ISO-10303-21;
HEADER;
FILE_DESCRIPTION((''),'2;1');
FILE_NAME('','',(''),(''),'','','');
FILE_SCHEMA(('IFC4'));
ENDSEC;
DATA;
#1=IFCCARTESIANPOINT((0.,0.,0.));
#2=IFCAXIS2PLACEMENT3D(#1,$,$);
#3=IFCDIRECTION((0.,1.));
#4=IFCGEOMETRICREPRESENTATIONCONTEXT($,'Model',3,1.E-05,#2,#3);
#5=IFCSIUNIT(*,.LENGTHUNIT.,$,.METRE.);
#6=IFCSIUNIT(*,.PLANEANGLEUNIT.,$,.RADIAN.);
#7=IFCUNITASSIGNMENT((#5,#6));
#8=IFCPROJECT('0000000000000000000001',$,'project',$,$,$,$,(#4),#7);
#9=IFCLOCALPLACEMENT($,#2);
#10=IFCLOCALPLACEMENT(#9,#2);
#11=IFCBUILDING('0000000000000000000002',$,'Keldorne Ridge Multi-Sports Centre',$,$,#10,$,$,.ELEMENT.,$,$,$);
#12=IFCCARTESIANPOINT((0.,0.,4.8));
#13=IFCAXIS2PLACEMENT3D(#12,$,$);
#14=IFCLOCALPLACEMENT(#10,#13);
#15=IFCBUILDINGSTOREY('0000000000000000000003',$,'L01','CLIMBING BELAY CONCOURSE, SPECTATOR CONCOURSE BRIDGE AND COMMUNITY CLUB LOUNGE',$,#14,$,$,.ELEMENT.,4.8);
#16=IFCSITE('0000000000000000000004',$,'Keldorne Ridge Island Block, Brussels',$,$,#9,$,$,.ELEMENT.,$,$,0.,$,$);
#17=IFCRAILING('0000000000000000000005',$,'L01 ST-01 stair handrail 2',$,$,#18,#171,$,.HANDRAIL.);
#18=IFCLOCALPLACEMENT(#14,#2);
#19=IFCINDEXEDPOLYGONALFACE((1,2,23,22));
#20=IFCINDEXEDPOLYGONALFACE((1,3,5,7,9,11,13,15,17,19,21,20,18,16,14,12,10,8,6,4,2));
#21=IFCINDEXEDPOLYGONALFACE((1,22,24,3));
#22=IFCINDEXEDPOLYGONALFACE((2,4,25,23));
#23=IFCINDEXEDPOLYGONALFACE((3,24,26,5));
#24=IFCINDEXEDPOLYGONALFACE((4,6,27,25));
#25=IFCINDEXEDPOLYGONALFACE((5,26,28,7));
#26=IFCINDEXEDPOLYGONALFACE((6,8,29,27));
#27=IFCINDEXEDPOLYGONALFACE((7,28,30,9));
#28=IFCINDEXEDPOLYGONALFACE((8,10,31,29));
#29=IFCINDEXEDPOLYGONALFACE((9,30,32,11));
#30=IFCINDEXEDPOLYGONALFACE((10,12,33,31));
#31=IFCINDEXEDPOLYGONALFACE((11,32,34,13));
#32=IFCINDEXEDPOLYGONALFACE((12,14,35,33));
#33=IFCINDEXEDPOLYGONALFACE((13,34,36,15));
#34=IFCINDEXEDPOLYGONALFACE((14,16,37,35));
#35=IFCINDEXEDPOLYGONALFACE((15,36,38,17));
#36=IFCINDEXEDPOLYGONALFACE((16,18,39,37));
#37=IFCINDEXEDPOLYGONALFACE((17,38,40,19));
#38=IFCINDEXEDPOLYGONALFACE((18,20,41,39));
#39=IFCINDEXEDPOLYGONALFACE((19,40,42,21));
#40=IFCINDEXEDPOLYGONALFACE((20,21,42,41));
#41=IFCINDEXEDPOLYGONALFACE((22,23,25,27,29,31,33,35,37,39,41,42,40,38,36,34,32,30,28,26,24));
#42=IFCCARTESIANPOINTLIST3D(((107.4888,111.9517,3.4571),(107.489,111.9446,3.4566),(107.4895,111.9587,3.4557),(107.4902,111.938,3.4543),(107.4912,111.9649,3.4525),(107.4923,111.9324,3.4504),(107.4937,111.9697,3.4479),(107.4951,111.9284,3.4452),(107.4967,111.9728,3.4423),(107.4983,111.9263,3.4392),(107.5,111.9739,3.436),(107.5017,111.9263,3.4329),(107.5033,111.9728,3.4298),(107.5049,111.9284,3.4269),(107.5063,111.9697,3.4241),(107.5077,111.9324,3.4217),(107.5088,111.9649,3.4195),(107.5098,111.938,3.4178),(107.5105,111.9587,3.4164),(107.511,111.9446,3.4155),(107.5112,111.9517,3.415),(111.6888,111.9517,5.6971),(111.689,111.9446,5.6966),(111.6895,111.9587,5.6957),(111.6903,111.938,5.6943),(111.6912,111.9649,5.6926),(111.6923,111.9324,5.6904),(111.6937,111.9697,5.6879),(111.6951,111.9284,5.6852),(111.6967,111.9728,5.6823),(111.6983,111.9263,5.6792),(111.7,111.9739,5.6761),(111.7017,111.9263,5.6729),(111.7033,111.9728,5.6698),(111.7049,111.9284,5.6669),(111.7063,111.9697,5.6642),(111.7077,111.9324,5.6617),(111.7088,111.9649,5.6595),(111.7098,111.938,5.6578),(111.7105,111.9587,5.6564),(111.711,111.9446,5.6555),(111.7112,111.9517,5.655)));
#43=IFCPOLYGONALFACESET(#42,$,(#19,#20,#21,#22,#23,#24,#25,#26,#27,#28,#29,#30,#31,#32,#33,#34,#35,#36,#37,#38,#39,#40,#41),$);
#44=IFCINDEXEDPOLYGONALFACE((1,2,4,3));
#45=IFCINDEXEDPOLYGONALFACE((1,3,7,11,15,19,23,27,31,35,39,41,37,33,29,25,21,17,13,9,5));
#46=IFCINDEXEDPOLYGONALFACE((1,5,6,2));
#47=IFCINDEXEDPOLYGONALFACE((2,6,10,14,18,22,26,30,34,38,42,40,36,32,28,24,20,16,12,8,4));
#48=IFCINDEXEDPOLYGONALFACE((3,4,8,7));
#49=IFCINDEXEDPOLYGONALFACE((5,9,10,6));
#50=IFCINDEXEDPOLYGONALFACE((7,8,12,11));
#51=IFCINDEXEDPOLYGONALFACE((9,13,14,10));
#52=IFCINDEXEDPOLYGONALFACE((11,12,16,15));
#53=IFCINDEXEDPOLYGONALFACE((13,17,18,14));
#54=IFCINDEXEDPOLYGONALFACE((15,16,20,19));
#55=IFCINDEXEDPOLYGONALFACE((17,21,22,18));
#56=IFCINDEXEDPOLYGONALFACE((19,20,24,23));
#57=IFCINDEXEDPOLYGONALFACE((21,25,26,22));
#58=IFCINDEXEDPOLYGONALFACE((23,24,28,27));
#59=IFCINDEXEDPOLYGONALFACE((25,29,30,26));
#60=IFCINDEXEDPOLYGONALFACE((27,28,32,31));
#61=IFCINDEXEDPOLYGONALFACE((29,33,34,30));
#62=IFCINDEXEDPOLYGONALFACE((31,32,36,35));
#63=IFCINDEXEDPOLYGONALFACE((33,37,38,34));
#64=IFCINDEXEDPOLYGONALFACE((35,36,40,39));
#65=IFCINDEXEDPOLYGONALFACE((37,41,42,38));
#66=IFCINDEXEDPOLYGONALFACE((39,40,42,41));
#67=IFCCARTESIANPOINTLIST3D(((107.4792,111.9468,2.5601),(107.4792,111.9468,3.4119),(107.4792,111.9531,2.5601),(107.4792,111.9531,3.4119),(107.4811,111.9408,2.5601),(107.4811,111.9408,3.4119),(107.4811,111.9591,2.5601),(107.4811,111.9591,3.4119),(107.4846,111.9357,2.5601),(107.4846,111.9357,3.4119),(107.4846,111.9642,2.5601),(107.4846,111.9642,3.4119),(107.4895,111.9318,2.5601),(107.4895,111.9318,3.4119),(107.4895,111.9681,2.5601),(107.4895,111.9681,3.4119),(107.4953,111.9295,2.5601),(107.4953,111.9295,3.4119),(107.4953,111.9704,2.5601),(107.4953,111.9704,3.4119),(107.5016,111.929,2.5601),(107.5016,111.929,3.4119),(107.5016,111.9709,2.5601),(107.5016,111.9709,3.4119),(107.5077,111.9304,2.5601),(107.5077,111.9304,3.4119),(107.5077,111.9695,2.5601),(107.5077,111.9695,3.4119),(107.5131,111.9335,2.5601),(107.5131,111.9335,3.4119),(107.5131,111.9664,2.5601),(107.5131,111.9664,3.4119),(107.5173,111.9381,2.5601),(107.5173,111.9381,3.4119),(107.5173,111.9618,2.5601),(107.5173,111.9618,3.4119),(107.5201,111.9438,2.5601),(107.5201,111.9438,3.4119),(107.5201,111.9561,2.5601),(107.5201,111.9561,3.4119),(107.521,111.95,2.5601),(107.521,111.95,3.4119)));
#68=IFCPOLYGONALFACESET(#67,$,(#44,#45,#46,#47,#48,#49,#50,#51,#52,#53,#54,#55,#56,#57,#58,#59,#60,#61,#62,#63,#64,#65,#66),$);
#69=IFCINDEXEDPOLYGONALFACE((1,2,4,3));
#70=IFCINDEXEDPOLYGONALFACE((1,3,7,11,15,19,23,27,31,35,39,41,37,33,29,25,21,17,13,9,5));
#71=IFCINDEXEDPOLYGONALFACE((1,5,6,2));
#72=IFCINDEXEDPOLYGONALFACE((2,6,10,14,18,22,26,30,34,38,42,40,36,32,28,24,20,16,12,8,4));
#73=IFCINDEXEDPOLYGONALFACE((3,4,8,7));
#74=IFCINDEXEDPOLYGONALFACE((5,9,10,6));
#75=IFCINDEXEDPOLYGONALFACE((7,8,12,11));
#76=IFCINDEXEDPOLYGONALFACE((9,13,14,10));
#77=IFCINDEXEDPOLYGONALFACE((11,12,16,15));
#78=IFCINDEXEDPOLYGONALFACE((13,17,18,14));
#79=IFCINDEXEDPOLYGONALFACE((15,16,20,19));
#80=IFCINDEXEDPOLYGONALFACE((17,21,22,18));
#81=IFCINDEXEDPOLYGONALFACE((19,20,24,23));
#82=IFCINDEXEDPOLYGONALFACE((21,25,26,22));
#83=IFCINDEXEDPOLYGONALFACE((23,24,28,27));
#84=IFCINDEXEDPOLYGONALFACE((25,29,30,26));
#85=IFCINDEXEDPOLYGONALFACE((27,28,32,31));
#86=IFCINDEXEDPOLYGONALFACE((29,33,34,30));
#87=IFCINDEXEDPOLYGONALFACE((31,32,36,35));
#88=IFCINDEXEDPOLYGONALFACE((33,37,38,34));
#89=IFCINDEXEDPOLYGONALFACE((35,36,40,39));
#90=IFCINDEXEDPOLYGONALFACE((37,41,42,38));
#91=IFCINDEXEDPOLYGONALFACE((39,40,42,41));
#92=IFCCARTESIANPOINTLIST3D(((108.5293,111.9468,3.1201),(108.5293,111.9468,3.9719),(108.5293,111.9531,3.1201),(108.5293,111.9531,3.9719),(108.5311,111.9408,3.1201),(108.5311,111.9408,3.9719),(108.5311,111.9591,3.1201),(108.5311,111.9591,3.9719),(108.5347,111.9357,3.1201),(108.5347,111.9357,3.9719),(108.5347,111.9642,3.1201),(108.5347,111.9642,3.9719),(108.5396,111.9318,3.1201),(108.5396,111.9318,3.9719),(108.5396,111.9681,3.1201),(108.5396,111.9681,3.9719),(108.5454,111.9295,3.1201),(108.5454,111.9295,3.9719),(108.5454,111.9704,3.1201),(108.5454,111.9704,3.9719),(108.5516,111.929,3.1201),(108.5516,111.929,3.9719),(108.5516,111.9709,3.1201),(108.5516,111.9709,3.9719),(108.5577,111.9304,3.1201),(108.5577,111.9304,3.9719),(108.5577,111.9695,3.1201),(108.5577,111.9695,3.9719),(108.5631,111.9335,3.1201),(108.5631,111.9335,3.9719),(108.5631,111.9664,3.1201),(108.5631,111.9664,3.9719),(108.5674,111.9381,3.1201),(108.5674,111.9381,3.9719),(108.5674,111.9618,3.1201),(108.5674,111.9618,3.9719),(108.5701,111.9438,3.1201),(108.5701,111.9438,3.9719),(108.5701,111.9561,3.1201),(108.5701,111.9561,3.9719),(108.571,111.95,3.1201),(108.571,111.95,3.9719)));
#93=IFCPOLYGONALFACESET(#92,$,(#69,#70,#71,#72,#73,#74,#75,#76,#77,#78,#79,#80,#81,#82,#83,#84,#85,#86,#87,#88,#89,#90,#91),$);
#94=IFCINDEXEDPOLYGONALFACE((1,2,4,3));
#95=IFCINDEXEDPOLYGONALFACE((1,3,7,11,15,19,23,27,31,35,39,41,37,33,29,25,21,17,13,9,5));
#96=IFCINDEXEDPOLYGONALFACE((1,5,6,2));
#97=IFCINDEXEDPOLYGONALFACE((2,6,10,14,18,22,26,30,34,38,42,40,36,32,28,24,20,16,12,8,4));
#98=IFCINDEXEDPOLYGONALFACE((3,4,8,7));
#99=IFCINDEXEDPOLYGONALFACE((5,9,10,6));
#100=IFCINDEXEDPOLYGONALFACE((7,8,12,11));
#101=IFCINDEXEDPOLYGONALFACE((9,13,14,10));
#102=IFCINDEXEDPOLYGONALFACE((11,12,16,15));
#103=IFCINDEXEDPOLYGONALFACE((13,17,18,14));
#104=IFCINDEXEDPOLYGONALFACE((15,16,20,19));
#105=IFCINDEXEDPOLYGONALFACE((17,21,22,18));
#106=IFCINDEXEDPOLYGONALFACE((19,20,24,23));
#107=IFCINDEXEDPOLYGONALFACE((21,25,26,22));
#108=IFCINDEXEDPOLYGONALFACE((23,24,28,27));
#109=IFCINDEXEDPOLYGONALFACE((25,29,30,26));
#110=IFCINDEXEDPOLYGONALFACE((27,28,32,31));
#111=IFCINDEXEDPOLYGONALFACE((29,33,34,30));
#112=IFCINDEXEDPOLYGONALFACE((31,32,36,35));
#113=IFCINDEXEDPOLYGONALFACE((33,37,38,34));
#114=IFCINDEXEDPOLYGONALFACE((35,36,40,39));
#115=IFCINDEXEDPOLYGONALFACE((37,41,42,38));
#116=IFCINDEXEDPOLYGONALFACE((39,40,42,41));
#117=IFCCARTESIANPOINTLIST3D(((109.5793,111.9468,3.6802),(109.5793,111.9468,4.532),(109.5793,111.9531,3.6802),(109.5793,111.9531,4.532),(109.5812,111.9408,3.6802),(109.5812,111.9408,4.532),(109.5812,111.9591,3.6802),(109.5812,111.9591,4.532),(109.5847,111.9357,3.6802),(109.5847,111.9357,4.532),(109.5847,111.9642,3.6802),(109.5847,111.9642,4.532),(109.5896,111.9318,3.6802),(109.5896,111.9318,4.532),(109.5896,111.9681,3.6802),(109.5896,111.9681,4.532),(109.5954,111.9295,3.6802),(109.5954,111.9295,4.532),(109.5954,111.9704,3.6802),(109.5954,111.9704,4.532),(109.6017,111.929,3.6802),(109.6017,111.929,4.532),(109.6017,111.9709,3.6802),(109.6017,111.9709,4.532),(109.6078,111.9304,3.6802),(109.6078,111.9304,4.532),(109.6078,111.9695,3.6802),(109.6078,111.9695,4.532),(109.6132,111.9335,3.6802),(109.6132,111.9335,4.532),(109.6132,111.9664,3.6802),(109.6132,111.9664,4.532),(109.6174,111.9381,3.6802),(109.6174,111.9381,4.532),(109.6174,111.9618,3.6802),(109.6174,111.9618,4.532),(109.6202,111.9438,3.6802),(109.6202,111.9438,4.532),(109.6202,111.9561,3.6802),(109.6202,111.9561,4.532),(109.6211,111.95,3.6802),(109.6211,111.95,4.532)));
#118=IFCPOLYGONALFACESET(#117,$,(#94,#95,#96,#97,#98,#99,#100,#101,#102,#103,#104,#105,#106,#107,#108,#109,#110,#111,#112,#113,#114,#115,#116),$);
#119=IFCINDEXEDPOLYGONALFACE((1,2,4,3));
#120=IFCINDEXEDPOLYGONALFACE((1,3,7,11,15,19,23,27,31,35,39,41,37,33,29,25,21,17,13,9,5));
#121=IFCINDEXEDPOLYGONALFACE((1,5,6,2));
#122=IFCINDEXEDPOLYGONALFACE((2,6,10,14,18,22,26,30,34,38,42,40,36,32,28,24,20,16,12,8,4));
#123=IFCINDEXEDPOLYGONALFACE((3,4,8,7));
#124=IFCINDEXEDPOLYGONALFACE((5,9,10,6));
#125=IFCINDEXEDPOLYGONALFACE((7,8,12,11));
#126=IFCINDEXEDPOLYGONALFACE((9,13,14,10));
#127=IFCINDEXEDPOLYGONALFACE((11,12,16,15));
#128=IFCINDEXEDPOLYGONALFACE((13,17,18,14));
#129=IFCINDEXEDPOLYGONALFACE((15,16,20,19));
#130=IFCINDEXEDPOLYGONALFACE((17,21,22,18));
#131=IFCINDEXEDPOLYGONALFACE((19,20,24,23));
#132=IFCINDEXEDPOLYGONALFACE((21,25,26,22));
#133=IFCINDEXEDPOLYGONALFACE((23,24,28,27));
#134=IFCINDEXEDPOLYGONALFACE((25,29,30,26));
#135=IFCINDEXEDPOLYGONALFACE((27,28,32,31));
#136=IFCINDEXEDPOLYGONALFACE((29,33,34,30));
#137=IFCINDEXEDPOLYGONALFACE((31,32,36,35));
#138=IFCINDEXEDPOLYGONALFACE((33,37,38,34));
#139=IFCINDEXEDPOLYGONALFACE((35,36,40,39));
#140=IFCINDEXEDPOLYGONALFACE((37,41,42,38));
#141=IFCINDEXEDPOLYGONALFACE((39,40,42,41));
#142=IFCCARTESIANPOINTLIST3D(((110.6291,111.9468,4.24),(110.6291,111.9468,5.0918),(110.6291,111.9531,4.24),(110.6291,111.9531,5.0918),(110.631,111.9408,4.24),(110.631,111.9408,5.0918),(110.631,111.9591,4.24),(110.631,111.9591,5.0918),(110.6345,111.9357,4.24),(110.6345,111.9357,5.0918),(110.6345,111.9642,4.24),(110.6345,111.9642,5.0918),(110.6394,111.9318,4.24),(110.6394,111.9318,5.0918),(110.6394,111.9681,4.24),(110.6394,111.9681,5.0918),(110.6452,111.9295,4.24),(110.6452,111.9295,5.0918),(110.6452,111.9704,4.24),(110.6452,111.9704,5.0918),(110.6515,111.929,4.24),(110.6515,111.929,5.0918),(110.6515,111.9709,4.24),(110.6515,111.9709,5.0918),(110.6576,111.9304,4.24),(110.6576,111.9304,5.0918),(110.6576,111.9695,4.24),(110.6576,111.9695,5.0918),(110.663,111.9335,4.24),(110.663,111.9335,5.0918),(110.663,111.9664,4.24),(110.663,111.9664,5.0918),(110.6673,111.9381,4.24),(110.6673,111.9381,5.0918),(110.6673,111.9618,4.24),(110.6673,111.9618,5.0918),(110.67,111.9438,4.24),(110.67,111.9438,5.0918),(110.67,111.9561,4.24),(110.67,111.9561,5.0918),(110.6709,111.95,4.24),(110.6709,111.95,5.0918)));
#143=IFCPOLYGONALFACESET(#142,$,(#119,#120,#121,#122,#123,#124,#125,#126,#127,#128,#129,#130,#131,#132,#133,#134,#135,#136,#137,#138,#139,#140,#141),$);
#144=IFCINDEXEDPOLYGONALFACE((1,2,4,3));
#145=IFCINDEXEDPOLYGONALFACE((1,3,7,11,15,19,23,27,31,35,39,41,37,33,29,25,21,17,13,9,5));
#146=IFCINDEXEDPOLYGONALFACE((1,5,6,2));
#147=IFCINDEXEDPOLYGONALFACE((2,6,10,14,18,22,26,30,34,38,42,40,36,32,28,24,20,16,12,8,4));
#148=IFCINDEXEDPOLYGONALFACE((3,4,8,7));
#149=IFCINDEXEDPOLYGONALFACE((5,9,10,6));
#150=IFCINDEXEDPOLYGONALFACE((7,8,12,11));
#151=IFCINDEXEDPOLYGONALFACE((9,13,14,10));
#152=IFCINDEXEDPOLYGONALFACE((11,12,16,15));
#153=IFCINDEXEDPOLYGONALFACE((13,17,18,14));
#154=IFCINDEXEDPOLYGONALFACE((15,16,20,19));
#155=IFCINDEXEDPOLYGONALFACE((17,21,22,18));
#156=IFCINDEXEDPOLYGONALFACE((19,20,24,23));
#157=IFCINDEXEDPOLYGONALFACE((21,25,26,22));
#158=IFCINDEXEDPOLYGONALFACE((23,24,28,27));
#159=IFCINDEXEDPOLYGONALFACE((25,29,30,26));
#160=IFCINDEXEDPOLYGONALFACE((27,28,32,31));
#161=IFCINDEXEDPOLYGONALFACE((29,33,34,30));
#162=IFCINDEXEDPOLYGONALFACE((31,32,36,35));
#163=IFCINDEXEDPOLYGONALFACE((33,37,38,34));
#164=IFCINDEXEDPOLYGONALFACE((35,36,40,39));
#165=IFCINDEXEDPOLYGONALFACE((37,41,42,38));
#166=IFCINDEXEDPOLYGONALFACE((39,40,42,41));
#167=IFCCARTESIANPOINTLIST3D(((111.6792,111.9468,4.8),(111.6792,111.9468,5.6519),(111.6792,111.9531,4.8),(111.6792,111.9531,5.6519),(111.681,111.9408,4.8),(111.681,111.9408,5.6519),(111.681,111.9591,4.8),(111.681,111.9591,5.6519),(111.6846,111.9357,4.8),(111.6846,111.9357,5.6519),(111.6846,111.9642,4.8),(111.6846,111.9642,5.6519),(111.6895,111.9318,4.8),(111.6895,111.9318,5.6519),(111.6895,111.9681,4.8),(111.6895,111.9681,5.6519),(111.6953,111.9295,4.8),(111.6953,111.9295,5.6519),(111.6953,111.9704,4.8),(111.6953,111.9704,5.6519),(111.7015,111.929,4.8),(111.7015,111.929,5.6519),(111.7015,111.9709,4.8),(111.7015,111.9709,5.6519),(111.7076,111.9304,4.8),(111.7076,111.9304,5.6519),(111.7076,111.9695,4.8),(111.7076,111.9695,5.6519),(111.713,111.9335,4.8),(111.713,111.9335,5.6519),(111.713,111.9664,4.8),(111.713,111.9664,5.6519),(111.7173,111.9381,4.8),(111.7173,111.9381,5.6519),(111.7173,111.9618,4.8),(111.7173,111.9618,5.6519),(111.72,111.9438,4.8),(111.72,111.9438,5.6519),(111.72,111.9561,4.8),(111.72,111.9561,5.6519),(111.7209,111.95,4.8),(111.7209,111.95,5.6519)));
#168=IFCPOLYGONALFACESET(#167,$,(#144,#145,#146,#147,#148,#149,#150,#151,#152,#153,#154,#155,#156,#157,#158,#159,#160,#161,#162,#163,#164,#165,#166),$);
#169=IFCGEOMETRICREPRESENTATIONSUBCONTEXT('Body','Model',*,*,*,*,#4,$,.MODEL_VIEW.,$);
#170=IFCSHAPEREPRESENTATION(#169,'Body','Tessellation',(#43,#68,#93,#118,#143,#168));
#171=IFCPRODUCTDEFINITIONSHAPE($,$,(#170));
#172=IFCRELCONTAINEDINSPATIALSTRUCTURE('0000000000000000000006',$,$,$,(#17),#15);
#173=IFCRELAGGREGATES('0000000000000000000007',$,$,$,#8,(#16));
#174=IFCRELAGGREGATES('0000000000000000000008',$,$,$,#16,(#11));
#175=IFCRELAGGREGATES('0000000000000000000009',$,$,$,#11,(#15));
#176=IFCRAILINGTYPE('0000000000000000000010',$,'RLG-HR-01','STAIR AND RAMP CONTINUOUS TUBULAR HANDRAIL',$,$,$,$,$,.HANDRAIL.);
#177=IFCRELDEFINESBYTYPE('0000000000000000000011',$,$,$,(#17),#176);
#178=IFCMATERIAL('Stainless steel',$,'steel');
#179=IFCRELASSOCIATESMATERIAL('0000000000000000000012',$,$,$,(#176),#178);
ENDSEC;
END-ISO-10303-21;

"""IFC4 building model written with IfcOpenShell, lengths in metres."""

from ifc_helpers import new_model, si_unit, direction, frame, origin, origin_2d, place, context, subcontext, project, spatial, circle, extrude, material, type_object, element, save


model = new_model("IFC4")

# Units and contexts
model_context = context("Model", 3, precision=1e-05, world=origin(), true_north=direction((0.0, 1.0)))
body_context = subcontext(model_context, "Body", "Model", "MODEL_VIEW")
ifc_project = project(units=[si_unit("LENGTHUNIT", "METRE"), si_unit("PLANEANGLEUNIT", "RADIAN")], contexts=[model_context])

# Site, building, storey
site_placement = place(None, origin())
site = spatial("IfcSite", under=ifc_project, at=site_placement, Name="Keldorne Ridge Island Block, Brussels", CompositionType="ELEMENT", RefElevation=0.0)
building_placement = place(site_placement, origin())
building = spatial("IfcBuilding", under=site, at=building_placement, Name="Keldorne Ridge Multi-Sports Centre", CompositionType="ELEMENT")
storey_placement = place(building_placement, frame((0.0, 0.0, 4.8)))
storey = spatial("IfcBuildingStorey", under=building, at=storey_placement, Name="L01", Description="CLIMBING BELAY CONCOURSE, SPECTATOR CONCOURSE BRIDGE AND COMMUNITY CLUB LOUNGE", CompositionType="ELEMENT", Elevation=4.8)

# Shared definitions
ifc_material_1 = material(Name="Stainless steel", Category="steel")

# Railing
railing_type_1 = type_object("IfcRailingType", Name="RLG-HR-01", Description="STAIR AND RAMP CONTINUOUS TUBULAR HANDRAIL", PredefinedType="HANDRAIL", material=ifc_material_1)
railing_1_placement = place(storey_placement, frame((107.5, 111.95, 2.5601)))
element("IfcRailing", 1, at=railing_1_placement, inside=storey, type_object=railing_type_1, Name="L01 ST-01 stair handrail 2", PredefinedType="HANDRAIL", context=body_context, shape_type="SweptSolid", body=[
    extrude(circle(Radius=0.0239, at=origin_2d()), frame((0.0, 0.0, 0.876), z_axis=(0.882352, 0.0, 0.470591), x_axis=(0.0, 1.0, 0.0)), (0.0, 0.0, 1.0), 4.76),
    extrude(circle(Radius=0.021, at=origin_2d()), origin(), (0.0, 0.0, 1.0), 0.8518),
    extrude(circle(Radius=0.021, at=origin_2d()), frame((1.05, 0.0, 0.5601)), (0.0, 0.0, 1.0), 0.8518),
    extrude(circle(Radius=0.021, at=origin_2d()), frame((2.1001, 0.0, 1.1201)), (0.0, 0.0, 1.0), 0.8518),
    extrude(circle(Radius=0.021, at=origin_2d()), frame((3.1499, 0.0, 1.6799)), (0.0, 0.0, 1.0), 0.8518),
    extrude(circle(Radius=0.021, at=origin_2d()), frame((4.2, 0.0, 2.24)), (0.0, 0.0, 1.0), 0.8518),
])

save(model, "model.ifc")
